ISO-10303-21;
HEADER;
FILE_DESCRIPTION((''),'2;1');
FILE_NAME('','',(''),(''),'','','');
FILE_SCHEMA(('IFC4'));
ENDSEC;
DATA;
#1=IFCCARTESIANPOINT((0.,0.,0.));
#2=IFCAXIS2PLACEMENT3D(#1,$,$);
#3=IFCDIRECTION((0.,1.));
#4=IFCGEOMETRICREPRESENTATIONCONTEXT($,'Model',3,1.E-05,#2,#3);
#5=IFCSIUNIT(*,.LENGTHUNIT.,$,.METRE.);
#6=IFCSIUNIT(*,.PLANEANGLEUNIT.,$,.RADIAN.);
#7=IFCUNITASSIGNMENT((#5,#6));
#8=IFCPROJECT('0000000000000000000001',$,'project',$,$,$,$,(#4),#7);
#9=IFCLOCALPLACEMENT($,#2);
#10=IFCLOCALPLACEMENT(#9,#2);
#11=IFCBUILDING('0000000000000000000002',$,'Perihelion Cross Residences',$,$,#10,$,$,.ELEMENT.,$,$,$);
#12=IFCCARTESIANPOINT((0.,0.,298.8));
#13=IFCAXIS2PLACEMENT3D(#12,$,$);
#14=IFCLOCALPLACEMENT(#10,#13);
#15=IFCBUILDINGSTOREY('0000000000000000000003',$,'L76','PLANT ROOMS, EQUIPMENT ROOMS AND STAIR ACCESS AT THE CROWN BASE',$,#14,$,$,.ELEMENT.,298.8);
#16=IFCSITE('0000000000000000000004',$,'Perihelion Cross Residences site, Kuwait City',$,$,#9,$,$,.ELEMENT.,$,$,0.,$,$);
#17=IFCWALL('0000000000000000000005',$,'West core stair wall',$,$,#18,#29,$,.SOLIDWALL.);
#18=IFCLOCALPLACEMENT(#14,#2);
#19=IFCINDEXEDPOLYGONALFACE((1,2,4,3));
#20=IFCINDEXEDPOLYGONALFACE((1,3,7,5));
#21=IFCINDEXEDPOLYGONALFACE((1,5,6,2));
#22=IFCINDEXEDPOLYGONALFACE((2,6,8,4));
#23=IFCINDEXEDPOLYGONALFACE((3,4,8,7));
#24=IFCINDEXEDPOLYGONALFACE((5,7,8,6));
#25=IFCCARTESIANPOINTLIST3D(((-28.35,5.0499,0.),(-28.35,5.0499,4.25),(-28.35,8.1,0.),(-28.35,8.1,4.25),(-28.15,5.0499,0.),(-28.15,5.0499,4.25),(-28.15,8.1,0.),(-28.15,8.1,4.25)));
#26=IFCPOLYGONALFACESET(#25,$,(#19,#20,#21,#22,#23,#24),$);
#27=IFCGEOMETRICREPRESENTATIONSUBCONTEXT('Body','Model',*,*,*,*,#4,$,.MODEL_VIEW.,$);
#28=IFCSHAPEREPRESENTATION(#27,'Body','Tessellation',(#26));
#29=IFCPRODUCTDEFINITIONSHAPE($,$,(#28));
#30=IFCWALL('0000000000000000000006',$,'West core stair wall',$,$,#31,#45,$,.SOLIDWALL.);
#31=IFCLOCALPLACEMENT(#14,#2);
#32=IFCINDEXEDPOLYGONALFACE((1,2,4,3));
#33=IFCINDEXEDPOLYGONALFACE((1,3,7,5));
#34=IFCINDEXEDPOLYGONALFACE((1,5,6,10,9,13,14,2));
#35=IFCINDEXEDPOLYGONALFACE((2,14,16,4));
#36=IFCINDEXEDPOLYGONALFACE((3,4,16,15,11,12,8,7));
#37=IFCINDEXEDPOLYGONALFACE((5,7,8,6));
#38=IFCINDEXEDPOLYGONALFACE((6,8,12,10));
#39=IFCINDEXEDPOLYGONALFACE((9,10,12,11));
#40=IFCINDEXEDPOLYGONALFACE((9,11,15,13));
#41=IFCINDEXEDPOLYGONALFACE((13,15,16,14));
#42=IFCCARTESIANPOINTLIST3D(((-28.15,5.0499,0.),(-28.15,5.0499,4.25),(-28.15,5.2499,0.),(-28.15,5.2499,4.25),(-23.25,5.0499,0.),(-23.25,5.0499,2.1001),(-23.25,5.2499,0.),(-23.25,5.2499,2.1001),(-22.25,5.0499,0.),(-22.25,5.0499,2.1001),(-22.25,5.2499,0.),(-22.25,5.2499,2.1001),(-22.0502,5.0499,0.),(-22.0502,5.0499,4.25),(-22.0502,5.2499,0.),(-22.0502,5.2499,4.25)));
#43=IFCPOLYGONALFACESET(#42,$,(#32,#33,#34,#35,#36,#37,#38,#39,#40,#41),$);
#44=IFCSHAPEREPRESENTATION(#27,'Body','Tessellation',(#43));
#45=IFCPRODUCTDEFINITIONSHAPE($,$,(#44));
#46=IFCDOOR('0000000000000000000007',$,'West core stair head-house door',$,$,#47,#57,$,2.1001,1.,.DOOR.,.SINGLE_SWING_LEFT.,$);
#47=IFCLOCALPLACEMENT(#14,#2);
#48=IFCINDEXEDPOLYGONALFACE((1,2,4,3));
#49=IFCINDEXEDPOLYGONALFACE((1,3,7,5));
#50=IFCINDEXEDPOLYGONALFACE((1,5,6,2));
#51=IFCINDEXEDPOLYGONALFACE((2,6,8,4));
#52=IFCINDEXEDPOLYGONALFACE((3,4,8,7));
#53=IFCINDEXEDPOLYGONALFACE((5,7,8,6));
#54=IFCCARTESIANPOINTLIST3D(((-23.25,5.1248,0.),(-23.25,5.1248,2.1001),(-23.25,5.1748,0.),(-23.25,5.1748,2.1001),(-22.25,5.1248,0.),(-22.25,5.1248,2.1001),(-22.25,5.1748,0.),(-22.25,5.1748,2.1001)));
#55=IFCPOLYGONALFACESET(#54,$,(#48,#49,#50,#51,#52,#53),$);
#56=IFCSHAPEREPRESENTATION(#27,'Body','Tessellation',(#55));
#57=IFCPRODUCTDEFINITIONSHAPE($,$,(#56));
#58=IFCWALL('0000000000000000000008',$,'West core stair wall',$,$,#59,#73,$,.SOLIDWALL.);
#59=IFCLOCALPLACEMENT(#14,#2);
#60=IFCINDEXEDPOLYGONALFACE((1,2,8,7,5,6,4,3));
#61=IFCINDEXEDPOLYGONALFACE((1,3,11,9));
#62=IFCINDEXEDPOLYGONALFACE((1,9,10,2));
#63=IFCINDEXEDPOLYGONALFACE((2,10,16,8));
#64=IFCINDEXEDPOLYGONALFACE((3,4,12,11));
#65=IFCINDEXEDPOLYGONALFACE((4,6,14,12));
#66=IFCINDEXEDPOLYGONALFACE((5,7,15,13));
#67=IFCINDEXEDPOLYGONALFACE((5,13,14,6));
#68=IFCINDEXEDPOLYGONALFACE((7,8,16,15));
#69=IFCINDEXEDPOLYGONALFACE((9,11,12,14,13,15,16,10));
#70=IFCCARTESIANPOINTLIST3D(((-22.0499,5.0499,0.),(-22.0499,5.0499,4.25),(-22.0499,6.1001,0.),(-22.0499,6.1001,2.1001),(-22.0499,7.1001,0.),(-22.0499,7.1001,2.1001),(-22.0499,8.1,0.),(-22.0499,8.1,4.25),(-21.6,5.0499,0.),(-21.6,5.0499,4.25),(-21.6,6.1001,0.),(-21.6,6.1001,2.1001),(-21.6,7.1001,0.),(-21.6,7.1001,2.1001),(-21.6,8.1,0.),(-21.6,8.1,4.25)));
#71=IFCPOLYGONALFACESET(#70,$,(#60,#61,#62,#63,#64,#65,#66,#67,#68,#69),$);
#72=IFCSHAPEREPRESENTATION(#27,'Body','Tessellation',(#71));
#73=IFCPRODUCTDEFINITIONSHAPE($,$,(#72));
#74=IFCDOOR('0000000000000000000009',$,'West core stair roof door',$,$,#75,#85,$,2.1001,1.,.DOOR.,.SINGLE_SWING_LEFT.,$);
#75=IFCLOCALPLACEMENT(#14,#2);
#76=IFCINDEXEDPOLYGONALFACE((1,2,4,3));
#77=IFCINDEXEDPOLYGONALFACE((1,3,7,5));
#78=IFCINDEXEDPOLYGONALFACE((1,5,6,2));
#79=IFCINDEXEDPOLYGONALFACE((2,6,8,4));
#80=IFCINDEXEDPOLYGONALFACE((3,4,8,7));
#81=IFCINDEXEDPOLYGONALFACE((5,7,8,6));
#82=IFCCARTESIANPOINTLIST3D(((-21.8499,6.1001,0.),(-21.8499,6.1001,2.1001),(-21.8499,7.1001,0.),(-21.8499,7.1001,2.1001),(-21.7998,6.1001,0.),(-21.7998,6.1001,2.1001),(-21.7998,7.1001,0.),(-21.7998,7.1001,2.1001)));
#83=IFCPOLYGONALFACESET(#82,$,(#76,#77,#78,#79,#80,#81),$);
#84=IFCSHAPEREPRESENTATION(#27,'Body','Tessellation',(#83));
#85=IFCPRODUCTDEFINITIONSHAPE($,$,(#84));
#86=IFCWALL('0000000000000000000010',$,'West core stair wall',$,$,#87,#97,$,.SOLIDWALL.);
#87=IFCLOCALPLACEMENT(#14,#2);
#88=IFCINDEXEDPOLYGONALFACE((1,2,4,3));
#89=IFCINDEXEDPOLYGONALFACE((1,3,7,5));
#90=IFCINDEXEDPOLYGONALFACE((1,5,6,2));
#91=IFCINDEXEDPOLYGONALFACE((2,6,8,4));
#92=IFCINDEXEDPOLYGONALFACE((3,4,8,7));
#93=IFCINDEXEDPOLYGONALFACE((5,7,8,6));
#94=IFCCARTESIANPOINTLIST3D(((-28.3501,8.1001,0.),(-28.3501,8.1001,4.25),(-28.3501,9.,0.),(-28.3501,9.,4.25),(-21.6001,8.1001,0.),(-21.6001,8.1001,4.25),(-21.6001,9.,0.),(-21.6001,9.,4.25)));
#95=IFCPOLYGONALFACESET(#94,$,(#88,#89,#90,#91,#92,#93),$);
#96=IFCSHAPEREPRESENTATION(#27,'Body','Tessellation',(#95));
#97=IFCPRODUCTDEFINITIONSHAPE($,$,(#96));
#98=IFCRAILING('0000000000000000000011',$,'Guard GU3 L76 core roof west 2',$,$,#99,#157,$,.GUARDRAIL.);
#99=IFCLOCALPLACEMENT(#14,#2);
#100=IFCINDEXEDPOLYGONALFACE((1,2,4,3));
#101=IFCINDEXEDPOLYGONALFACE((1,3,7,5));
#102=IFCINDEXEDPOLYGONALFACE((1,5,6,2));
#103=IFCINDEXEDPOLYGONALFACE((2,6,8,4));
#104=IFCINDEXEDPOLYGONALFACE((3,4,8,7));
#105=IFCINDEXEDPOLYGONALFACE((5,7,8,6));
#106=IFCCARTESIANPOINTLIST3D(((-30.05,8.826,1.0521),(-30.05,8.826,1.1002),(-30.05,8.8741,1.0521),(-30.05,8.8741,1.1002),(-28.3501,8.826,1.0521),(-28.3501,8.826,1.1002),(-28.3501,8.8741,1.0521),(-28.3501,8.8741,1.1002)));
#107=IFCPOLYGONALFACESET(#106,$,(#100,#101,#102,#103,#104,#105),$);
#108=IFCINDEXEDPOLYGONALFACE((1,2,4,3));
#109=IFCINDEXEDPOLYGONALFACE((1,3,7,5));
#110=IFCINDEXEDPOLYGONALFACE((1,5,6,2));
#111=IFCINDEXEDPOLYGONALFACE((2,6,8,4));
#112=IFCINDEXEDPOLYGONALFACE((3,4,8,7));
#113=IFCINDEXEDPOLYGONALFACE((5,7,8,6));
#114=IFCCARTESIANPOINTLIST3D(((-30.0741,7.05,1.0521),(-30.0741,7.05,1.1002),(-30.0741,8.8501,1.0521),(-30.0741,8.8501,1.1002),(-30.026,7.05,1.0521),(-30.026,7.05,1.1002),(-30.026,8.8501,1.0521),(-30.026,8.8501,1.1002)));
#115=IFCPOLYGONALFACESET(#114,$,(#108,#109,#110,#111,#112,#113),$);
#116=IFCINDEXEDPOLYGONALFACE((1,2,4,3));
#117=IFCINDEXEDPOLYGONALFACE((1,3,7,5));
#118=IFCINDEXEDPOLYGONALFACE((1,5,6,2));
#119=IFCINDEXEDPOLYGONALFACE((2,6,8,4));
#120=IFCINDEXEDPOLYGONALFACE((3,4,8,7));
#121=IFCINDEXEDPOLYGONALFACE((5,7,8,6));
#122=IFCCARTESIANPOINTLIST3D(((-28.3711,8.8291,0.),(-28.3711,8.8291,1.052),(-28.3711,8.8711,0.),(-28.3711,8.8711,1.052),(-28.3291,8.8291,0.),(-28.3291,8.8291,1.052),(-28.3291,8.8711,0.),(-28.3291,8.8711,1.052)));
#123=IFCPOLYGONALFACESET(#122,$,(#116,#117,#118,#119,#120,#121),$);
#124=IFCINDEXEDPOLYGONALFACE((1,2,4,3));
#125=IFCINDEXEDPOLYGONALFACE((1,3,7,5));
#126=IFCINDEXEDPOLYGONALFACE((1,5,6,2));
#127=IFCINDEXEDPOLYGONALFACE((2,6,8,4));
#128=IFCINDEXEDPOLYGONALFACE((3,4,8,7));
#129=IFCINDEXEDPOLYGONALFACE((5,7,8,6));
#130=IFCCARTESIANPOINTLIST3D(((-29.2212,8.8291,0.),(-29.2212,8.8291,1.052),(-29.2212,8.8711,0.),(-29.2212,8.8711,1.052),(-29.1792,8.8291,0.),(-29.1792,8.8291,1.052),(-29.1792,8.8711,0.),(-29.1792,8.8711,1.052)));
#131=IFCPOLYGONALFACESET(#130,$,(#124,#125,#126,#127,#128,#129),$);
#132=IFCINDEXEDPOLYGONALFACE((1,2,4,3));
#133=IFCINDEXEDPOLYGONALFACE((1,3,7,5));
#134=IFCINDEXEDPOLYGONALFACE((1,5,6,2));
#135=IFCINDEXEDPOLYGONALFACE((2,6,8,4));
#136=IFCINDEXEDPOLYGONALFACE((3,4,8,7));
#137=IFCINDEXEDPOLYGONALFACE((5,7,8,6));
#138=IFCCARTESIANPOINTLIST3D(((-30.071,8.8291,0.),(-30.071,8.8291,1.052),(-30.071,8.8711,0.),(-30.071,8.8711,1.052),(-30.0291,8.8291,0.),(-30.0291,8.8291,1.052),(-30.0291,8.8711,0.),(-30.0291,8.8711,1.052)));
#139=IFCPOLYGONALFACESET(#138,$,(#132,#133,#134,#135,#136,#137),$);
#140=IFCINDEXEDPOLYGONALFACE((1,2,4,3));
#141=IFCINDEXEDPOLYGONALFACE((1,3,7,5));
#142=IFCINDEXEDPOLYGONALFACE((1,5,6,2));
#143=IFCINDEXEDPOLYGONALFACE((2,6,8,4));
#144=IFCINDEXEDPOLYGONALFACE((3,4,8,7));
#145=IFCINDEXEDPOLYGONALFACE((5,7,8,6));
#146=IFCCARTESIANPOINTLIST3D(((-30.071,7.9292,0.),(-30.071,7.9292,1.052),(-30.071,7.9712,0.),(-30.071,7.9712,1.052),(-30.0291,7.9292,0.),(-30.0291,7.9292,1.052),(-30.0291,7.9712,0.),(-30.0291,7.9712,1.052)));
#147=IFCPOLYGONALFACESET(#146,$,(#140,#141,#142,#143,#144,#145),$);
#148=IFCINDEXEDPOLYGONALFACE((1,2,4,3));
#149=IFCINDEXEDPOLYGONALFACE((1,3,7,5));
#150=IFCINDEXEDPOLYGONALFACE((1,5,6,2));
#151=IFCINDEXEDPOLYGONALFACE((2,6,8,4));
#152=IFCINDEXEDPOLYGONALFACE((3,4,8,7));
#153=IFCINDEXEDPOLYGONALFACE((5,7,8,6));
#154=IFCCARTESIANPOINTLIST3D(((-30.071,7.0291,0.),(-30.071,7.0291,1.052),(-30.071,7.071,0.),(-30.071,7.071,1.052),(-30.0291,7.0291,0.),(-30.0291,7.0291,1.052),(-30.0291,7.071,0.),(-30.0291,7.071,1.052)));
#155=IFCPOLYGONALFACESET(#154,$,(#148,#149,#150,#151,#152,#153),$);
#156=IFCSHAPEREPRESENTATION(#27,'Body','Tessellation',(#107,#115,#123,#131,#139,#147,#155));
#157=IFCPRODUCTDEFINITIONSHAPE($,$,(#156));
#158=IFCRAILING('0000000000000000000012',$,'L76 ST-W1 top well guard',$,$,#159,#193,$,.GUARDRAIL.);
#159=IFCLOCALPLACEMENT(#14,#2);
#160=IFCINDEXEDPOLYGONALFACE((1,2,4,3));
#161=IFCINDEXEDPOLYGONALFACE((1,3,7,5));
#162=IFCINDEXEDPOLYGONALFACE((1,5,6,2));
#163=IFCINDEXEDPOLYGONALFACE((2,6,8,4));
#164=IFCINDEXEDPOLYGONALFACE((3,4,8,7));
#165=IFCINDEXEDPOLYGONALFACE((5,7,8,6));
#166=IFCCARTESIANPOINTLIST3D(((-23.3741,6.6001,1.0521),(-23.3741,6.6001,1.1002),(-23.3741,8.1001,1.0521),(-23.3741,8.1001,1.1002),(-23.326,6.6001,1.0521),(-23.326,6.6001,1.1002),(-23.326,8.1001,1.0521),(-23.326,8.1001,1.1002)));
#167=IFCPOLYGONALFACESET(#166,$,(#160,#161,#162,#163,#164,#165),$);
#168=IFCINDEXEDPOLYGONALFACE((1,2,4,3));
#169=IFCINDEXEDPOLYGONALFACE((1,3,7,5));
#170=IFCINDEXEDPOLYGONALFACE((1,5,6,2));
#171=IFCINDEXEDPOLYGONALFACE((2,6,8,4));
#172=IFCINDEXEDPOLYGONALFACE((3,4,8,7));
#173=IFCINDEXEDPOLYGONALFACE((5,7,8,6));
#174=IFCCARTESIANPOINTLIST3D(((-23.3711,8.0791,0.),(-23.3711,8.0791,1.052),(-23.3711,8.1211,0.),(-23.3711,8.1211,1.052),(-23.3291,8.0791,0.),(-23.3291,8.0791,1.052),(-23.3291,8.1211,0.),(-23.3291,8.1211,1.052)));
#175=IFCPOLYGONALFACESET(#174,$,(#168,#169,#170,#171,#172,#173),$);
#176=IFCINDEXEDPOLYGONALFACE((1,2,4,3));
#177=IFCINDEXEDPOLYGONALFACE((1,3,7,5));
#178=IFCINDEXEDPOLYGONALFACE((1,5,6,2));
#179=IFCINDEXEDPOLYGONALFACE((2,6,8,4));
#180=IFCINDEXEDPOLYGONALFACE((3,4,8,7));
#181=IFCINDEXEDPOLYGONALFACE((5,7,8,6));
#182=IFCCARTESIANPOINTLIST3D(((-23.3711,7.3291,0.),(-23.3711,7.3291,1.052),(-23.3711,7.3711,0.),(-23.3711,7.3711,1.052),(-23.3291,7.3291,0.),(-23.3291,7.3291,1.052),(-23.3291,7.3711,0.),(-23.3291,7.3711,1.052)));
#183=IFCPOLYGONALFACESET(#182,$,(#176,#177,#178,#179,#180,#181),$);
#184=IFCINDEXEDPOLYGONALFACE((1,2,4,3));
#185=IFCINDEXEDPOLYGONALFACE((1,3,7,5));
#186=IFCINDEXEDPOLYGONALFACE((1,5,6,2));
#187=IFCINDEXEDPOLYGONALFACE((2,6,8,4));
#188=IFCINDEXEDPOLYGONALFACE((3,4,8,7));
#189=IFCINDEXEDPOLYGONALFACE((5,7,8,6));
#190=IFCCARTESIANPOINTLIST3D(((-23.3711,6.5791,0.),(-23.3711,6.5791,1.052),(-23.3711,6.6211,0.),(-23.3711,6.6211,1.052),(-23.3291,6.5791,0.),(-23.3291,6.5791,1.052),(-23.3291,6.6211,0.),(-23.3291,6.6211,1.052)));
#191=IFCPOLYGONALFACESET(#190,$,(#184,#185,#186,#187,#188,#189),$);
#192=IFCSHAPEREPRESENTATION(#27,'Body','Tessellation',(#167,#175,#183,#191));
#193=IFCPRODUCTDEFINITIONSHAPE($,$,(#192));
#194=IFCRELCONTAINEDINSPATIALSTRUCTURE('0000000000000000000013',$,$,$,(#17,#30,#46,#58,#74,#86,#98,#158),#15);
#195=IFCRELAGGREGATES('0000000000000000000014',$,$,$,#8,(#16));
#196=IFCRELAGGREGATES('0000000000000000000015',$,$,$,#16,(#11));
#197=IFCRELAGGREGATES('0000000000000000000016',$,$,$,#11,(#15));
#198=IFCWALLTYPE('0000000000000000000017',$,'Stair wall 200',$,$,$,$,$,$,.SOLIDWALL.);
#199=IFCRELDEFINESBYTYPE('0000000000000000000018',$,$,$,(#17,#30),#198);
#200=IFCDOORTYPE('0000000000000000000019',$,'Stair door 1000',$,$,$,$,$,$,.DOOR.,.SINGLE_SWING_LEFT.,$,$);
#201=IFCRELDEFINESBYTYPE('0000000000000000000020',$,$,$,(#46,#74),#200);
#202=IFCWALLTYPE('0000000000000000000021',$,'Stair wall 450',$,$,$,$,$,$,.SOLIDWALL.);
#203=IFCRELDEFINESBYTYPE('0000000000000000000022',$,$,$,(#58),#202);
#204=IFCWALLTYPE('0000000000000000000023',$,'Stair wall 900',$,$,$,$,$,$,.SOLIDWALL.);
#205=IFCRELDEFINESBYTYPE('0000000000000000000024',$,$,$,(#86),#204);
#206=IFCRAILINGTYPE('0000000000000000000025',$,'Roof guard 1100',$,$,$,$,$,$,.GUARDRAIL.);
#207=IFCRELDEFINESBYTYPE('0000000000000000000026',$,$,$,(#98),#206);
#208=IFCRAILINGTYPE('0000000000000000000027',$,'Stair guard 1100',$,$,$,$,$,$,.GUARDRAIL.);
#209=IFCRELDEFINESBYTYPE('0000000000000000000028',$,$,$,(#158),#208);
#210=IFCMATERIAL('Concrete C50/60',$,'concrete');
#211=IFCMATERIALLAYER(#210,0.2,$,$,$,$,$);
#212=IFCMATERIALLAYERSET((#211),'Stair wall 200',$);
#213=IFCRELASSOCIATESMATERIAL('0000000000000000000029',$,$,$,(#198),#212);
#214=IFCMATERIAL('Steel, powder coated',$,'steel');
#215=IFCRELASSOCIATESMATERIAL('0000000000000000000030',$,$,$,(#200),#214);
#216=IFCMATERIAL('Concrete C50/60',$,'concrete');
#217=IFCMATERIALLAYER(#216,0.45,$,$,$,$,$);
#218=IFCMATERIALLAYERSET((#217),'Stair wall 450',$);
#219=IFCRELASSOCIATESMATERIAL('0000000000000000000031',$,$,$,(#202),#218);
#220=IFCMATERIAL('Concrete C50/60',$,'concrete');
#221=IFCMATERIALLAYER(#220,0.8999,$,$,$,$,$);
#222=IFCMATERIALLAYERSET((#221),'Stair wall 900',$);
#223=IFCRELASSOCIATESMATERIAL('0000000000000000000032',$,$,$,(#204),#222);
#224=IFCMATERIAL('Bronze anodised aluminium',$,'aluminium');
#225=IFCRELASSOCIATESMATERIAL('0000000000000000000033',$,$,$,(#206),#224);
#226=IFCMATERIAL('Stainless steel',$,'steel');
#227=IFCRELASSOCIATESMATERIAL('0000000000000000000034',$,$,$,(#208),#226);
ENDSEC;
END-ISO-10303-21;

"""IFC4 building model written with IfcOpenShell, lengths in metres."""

from ifc_helpers import new_model, si_unit, direction, frame, frame_2d, origin, origin_2d, place, context, subcontext, project, spatial, rectangle, extrude, material, layer, layer_set, type_object, element, fill, save


model = new_model("IFC4")

# Units and contexts
model_context = context("Model", 3, precision=1e-05, world=origin(), true_north=direction((0.0, 1.0)))
body_context = subcontext(model_context, "Body", "Model", "MODEL_VIEW")
ifc_project = project(units=[si_unit("LENGTHUNIT", "METRE"), si_unit("PLANEANGLEUNIT", "RADIAN")], contexts=[model_context])

# Site, building, storey
site_placement = place(None, origin())
site = spatial("IfcSite", under=ifc_project, at=site_placement, Name="Perihelion Cross Residences site, Kuwait City", CompositionType="ELEMENT", RefElevation=0.0)
building_placement = place(site_placement, origin())
building = spatial("IfcBuilding", under=site, at=building_placement, Name="Perihelion Cross Residences", CompositionType="ELEMENT")
storey_placement = place(building_placement, frame((0.0, 0.0, 298.8)))
storey = spatial("IfcBuildingStorey", under=building, at=storey_placement, Name="L76", Description="PLANT ROOMS, EQUIPMENT ROOMS AND STAIR ACCESS AT THE CROWN BASE", CompositionType="ELEMENT", Elevation=298.8)

# Wall
ifc_material_1 = material(Name="Concrete C50/60", Category="concrete")
ifc_layer_1 = layer(ifc_material_1, 0.2)
ifc_layer_set_1 = layer_set([ifc_layer_1], Name="Stair wall 200")
wall_type_1 = type_object("IfcWallType", Name="Stair wall 200", PredefinedType="SOLIDWALL", material=ifc_layer_set_1)
wall_1_placement = place(storey_placement, frame((-28.25, 5.05, 0.0), z_axis=(0.0, 0.0, 1.0), x_axis=(0.0, 1.0, 0.0)))
element("IfcWall", 1, at=wall_1_placement, inside=storey, type_object=wall_type_1, Name="West core stair wall", PredefinedType="SOLIDWALL", context=body_context, shape_type="SweptSolid", body=[
    extrude(rectangle(XDim=3.05, YDim=0.2, at=frame_2d((1.5249, 0.0))), origin(), (0.0, 0.0, 1.0), 4.25),
])

# Walls, openings, doors
wall_2_placement = place(storey_placement, frame((-28.1499, 5.1499, 0.0), z_axis=(0.0, 0.0, 1.0), x_axis=(1.0, 0.0, 0.0)))
wall_2 = element("IfcWall", 2, at=wall_2_placement, inside=storey, type_object=wall_type_1, Name="West core stair wall", PredefinedType="SOLIDWALL", context=body_context, shape_type="SweptSolid", body=[
    extrude(rectangle(XDim=6.0999, YDim=0.2, at=frame_2d((3.0498, 0.0))), origin(), (0.0, 0.0, 1.0), 4.25),
])
opening_1_placement = place(wall_2_placement, frame((4.8999, 0.0, 0.0)))
opening_1 = element("IfcOpeningElement", 3, at=opening_1_placement, cuts=wall_2, PredefinedType="OPENING", context=body_context, shape_type="SweptSolid", body=[
    extrude(rectangle(XDim=1.0, YDim=2.1001, at=frame_2d((0.5, 1.05))), frame((0.0, 0.1099, 0.0), z_axis=(0.0, -1.0, 0.0), x_axis=(1.0, 0.0, 0.0)), (0.0, 0.0, 1.0), 0.22),
])
ifc_material_2 = material(Name="Steel, powder coated", Category="steel")
door_type_1 = type_object("IfcDoorType", Name="Stair door 1000", OperationType="SINGLE_SWING_LEFT", PredefinedType="DOOR", material=ifc_material_2)
door_1_placement = place(opening_1_placement, origin())
door_1 = element("IfcDoor", 4, at=door_1_placement, inside=storey, type_object=door_type_1, Name="West core stair head-house door", OperationType="SINGLE_SWING_LEFT", OverallHeight=2.1001, OverallWidth=1.0, PredefinedType="DOOR", context=body_context, shape_type="SweptSolid", body=[
    extrude(rectangle(XDim=1.0, YDim=2.1001, at=frame_2d((0.5, 1.05))), frame((0.0, 0.0249, 0.0), z_axis=(0.0, -1.0, 0.0), x_axis=(1.0, 0.0, 0.0)), (0.0, 0.0, 1.0), 0.05),
])
fill(opening_1, door_1)
ifc_material_3 = material(Name="Concrete C50/60", Category="concrete")
ifc_layer_2 = layer(ifc_material_3, 0.45)
ifc_layer_set_2 = layer_set([ifc_layer_2], Name="Stair wall 450")
wall_type_2 = type_object("IfcWallType", Name="Stair wall 450", PredefinedType="SOLIDWALL", material=ifc_layer_set_2)
wall_3_placement = place(storey_placement, frame((-21.825, 5.05, 0.0), z_axis=(0.0, 0.0, 1.0), x_axis=(0.0, 1.0, 0.0)))
wall_3 = element("IfcWall", 5, at=wall_3_placement, inside=storey, type_object=wall_type_2, Name="West core stair wall", PredefinedType="SOLIDWALL", context=body_context, shape_type="SweptSolid", body=[
    extrude(rectangle(XDim=3.05, YDim=0.45, at=frame_2d((1.5249, 0.0))), origin(), (0.0, 0.0, 1.0), 4.25),
])
opening_2_placement = place(wall_3_placement, frame((1.05, 0.0, 0.0)))
opening_2 = element("IfcOpeningElement", 6, at=opening_2_placement, cuts=wall_3, PredefinedType="OPENING", context=body_context, shape_type="SweptSolid", body=[
    extrude(rectangle(XDim=1.0, YDim=2.1001, at=frame_2d((0.5, 1.05))), frame((0.0, 0.2349, 0.0), z_axis=(0.0, -1.0, 0.0), x_axis=(1.0, 0.0, 0.0)), (0.0, 0.0, 1.0), 0.47),
])
door_2_placement = place(opening_2_placement, origin())
door_2 = element("IfcDoor", 7, at=door_2_placement, inside=storey, type_object=door_type_1, Name="West core stair roof door", OperationType="SINGLE_SWING_LEFT", OverallHeight=2.1001, OverallWidth=1.0, PredefinedType="DOOR", context=body_context, shape_type="SweptSolid", body=[
    extrude(rectangle(XDim=1.0, YDim=2.1001, at=frame_2d((0.5, 1.05))), frame((0.0, 0.0249, 0.0), z_axis=(0.0, -1.0, 0.0), x_axis=(1.0, 0.0, 0.0)), (0.0, 0.0, 1.0), 0.05),
])
fill(opening_2, door_2)

# Wall
ifc_material_4 = material(Name="Concrete C50/60", Category="concrete")
ifc_layer_3 = layer(ifc_material_4, 0.8999)
ifc_layer_set_3 = layer_set([ifc_layer_3], Name="Stair wall 900")
wall_type_3 = type_object("IfcWallType", Name="Stair wall 900", PredefinedType="SOLIDWALL", material=ifc_layer_set_3)
wall_4_placement = place(storey_placement, frame((-28.3501, 8.55, 0.0), z_axis=(0.0, 0.0, 1.0), x_axis=(1.0, 0.0, 0.0)))
element("IfcWall", 8, at=wall_4_placement, inside=storey, type_object=wall_type_3, Name="West core stair wall", PredefinedType="SOLIDWALL", context=body_context, shape_type="SweptSolid", body=[
    extrude(rectangle(XDim=6.75, YDim=0.8999, at=frame_2d((3.375, 0.0))), origin(), (0.0, 0.0, 1.0), 4.25),
])

# Railings
ifc_material_5 = material(Name="Bronze anodised aluminium", Category="aluminium")
railing_type_1 = type_object("IfcRailingType", Name="Roof guard 1100", PredefinedType="GUARDRAIL", material=ifc_material_5)
railing_1_placement = place(storey_placement, frame((-28.3501, 8.8501, 0.0)))
element("IfcRailing", 9, at=railing_1_placement, inside=storey, type_object=railing_type_1, Name="Guard GU3 L76 core roof west 2", PredefinedType="GUARDRAIL", context=body_context, shape_type="SweptSolid", body=[
    extrude(rectangle(XDim=0.0481, YDim=0.0481, at=origin_2d()), frame((0.0, 0.0, 1.0762), z_axis=(-1.0, 0.0, 0.0), x_axis=(0.0, -1.0, 0.0)), (0.0, 0.0, 1.0), 1.7),
    extrude(rectangle(XDim=0.0481, YDim=0.0481, at=origin_2d()), frame((-1.7, 0.0, 1.0762), z_axis=(0.0, -1.0, 0.0), x_axis=(1.0, 0.0, 0.0)), (0.0, 0.0, 1.0), 1.8),
    extrude(rectangle(XDim=0.042, YDim=0.042, at=origin_2d()), origin(), (0.0, 0.0, 1.0), 1.052),
    extrude(rectangle(XDim=0.042, YDim=0.042, at=origin_2d()), frame((-0.8501, 0.0, 0.0)), (0.0, 0.0, 1.0), 1.052),
    extrude(rectangle(XDim=0.042, YDim=0.042, at=origin_2d()), frame((-1.7, 0.0, 0.0)), (0.0, 0.0, 1.0), 1.052),
    extrude(rectangle(XDim=0.042, YDim=0.042, at=origin_2d()), frame((-1.7, -0.8999, 0.0)), (0.0, 0.0, 1.0), 1.052),
    extrude(rectangle(XDim=0.042, YDim=0.042, at=origin_2d()), frame((-1.7, -1.8, 0.0)), (0.0, 0.0, 1.0), 1.052),
])
ifc_material_6 = material(Name="Stainless steel", Category="steel")
railing_type_2 = type_object("IfcRailingType", Name="Stair guard 1100", PredefinedType="GUARDRAIL", material=ifc_material_6)
railing_2_placement = place(storey_placement, frame((-23.3501, 8.1001, 0.0)))
element("IfcRailing", 10, at=railing_2_placement, inside=storey, type_object=railing_type_2, Name="L76 ST-W1 top well guard", PredefinedType="GUARDRAIL", context=body_context, shape_type="SweptSolid", body=[
    extrude(rectangle(XDim=0.0481, YDim=0.0481, at=origin_2d()), frame((0.0, 0.0, 1.0762), z_axis=(0.0, -1.0, 0.0), x_axis=(1.0, 0.0, 0.0)), (0.0, 0.0, 1.0), 1.5),
    extrude(rectangle(XDim=0.042, YDim=0.042, at=origin_2d()), origin(), (0.0, 0.0, 1.0), 1.052),
    extrude(rectangle(XDim=0.042, YDim=0.042, at=origin_2d()), frame((0.0, -0.75, 0.0)), (0.0, 0.0, 1.0), 1.052),
    extrude(rectangle(XDim=0.042, YDim=0.042, at=origin_2d()), frame((0.0, -1.5, 0.0)), (0.0, 0.0, 1.0), 1.052),
])

save(model, "model.ifc")
